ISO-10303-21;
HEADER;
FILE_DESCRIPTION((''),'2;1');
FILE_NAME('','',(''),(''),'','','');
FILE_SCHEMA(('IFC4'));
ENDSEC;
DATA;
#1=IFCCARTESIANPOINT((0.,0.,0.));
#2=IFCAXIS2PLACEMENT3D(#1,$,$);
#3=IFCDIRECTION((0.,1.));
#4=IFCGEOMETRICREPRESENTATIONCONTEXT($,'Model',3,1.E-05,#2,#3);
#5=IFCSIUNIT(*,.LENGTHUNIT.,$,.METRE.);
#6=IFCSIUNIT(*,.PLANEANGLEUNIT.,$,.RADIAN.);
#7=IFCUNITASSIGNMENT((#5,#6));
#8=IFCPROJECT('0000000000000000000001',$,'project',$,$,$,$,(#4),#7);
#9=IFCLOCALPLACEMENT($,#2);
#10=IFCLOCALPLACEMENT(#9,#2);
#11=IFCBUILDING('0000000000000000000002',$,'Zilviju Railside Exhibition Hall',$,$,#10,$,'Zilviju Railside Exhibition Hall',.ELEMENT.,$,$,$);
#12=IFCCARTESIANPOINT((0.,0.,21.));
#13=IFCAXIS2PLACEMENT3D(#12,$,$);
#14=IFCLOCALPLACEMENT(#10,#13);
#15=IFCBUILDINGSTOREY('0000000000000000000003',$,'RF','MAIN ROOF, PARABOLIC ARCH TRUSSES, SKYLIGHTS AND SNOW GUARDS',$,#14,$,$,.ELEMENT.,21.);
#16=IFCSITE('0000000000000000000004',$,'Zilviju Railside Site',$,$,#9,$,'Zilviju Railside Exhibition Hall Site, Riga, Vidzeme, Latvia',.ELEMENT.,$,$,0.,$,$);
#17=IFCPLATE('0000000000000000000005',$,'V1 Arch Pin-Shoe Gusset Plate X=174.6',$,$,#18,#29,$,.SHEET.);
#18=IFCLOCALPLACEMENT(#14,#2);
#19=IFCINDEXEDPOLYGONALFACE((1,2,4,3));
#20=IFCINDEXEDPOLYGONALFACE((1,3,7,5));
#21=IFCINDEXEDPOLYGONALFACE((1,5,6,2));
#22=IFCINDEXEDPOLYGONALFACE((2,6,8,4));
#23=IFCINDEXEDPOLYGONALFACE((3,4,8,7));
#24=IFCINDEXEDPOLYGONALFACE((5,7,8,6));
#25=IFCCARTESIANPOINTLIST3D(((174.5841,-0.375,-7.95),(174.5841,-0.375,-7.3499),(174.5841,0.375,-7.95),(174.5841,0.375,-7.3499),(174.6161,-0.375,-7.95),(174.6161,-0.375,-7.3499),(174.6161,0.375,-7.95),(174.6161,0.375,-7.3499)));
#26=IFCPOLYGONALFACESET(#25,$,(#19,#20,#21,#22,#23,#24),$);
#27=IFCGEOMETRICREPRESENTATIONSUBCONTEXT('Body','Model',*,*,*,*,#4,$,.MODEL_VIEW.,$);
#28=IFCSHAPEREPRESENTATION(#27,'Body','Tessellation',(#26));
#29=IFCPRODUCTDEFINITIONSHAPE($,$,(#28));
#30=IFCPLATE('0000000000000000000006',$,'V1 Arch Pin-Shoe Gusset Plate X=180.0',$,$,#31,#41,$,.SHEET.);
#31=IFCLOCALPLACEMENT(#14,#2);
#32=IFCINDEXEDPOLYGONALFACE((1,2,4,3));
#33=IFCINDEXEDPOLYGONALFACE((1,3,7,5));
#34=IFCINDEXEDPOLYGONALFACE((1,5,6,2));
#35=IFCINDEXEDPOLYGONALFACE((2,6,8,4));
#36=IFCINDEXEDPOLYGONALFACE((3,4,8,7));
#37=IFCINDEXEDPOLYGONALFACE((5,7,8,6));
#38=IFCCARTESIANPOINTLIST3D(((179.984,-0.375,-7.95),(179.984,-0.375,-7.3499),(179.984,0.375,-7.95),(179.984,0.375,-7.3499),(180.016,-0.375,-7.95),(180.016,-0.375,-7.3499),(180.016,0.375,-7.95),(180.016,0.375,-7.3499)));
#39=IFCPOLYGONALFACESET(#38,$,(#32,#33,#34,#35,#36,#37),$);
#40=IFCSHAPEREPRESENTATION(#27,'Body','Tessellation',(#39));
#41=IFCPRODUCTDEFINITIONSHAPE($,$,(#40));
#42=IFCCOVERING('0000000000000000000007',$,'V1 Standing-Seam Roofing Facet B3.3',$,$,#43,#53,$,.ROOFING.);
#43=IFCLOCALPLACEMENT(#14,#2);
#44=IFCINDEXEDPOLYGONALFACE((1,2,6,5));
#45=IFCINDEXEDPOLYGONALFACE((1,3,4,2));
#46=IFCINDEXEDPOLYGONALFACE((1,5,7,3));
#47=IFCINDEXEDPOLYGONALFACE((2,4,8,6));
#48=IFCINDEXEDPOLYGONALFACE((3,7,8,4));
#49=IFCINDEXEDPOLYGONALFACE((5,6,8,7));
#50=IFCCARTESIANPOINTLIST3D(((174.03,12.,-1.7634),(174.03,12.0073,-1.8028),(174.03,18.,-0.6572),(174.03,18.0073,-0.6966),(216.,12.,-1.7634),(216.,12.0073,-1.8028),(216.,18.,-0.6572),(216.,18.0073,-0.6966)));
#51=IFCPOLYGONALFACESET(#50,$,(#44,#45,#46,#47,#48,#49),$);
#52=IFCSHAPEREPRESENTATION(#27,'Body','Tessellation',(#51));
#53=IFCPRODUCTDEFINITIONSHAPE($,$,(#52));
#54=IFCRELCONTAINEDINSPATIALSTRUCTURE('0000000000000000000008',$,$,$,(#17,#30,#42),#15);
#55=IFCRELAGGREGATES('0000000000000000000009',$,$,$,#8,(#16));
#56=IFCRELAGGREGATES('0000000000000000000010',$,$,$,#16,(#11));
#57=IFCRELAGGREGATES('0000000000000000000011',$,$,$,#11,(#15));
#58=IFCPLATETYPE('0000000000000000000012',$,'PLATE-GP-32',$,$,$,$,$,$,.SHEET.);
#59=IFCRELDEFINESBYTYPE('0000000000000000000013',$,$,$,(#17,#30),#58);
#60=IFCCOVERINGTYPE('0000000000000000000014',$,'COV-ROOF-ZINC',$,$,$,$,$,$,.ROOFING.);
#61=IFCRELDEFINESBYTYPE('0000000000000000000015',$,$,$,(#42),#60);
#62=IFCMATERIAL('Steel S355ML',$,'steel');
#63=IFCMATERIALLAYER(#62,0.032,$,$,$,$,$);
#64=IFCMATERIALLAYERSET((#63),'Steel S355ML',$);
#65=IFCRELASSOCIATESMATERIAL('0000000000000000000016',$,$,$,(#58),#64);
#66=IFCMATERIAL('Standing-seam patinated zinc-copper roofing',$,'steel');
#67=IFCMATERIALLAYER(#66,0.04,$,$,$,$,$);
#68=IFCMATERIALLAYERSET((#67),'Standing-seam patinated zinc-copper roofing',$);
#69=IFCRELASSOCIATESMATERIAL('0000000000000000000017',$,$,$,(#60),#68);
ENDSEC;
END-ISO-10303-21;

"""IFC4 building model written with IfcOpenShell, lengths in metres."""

from ifc_helpers import new_model, si_unit, direction, frame, origin, origin_2d, place, context, subcontext, project, spatial, polyline, rectangle, outline, extrude, material, layer, layer_set, type_object, element, save


model = new_model("IFC4")

# Units and contexts
model_context = context("Model", 3, precision=1e-05, world=origin(), true_north=direction((0.0, 1.0)))
body_context = subcontext(model_context, "Body", "Model", "MODEL_VIEW")
ifc_project = project(units=[si_unit("LENGTHUNIT", "METRE"), si_unit("PLANEANGLEUNIT", "RADIAN")], contexts=[model_context])

# Site, building, storey
site_placement = place(None, origin())
site = spatial("IfcSite", under=ifc_project, at=site_placement, Name="Zilviju Railside Site", LongName="Zilviju Railside Exhibition Hall Site, Riga, Vidzeme, Latvia", CompositionType="ELEMENT", RefElevation=0.0)
building_placement = place(site_placement, origin())
building = spatial("IfcBuilding", under=site, at=building_placement, Name="Zilviju Railside Exhibition Hall", LongName="Zilviju Railside Exhibition Hall", CompositionType="ELEMENT")
storey_placement = place(building_placement, frame((0.0, 0.0, 21.0)))
storey = spatial("IfcBuildingStorey", under=building, at=storey_placement, Name="RF", Description="MAIN ROOF, PARABOLIC ARCH TRUSSES, SKYLIGHTS AND SNOW GUARDS", CompositionType="ELEMENT", Elevation=21.0)

# Plates
ifc_material_1 = material(Name="Steel S355ML", Category="steel")
ifc_layer_1 = layer(ifc_material_1, 0.032)
ifc_layer_set_1 = layer_set([ifc_layer_1], Name="Steel S355ML")
plate_type = type_object("IfcPlateType", Name="PLATE-GP-32", PredefinedType="SHEET", material=ifc_layer_set_1)
for number, where, z_axis, x_axis, name in (
    (1, (174.6001, 0.0, -7.95), (0.0, 0.0, 1.0), (1.0, 0.0, 0.0), "V1 Arch Pin-Shoe Gusset Plate X=174.6"),
    (2, (180.0, 0.0, -7.95), (0.0, 0.0, 1.0), (1.0, 0.0, 0.0), "V1 Arch Pin-Shoe Gusset Plate X=180.0"),
):
    element("IfcPlate", number, at=place(storey_placement, frame(where, z_axis=z_axis, x_axis=x_axis)), inside=storey, type_object=plate_type, Name=name, PredefinedType="SHEET", context=body_context, shape_type="SweptSolid", body=[
        extrude(rectangle(XDim=0.032, YDim=0.75, at=origin_2d()), origin(), (0.0, 0.0, 1.0), 0.6001),
    ])

# Covering
ifc_material_2 = material(Name="Standing-seam patinated zinc-copper roofing", Category="steel")
ifc_layer_2 = layer(ifc_material_2, 0.04)
ifc_layer_set_2 = layer_set([ifc_layer_2], Name="Standing-seam patinated zinc-copper roofing")
covering_type = type_object("IfcCoveringType", Name="COV-ROOF-ZINC", PredefinedType="ROOFING", material=ifc_layer_set_2)
covering_placement = place(storey_placement, frame((174.03, 12.0, -1.7634), z_axis=(0.0, -0.181311, 0.983426), x_axis=(1.0, 0.0, 0.0)))
element("IfcCovering", 3, at=covering_placement, inside=storey, type_object=covering_type, Name="V1 Standing-Seam Roofing Facet B3.3", PredefinedType="ROOFING", context=body_context, shape_type="SweptSolid", body=[
    extrude(outline(polyline([(0.0, 0.0), (41.97, 0.0), (41.97, 6.1011), (0.0, 6.1011), (0.0, 0.0)])), origin(), (0.0, 0.0, -1.0), 0.04),
])

save(model, "model.ifc")
